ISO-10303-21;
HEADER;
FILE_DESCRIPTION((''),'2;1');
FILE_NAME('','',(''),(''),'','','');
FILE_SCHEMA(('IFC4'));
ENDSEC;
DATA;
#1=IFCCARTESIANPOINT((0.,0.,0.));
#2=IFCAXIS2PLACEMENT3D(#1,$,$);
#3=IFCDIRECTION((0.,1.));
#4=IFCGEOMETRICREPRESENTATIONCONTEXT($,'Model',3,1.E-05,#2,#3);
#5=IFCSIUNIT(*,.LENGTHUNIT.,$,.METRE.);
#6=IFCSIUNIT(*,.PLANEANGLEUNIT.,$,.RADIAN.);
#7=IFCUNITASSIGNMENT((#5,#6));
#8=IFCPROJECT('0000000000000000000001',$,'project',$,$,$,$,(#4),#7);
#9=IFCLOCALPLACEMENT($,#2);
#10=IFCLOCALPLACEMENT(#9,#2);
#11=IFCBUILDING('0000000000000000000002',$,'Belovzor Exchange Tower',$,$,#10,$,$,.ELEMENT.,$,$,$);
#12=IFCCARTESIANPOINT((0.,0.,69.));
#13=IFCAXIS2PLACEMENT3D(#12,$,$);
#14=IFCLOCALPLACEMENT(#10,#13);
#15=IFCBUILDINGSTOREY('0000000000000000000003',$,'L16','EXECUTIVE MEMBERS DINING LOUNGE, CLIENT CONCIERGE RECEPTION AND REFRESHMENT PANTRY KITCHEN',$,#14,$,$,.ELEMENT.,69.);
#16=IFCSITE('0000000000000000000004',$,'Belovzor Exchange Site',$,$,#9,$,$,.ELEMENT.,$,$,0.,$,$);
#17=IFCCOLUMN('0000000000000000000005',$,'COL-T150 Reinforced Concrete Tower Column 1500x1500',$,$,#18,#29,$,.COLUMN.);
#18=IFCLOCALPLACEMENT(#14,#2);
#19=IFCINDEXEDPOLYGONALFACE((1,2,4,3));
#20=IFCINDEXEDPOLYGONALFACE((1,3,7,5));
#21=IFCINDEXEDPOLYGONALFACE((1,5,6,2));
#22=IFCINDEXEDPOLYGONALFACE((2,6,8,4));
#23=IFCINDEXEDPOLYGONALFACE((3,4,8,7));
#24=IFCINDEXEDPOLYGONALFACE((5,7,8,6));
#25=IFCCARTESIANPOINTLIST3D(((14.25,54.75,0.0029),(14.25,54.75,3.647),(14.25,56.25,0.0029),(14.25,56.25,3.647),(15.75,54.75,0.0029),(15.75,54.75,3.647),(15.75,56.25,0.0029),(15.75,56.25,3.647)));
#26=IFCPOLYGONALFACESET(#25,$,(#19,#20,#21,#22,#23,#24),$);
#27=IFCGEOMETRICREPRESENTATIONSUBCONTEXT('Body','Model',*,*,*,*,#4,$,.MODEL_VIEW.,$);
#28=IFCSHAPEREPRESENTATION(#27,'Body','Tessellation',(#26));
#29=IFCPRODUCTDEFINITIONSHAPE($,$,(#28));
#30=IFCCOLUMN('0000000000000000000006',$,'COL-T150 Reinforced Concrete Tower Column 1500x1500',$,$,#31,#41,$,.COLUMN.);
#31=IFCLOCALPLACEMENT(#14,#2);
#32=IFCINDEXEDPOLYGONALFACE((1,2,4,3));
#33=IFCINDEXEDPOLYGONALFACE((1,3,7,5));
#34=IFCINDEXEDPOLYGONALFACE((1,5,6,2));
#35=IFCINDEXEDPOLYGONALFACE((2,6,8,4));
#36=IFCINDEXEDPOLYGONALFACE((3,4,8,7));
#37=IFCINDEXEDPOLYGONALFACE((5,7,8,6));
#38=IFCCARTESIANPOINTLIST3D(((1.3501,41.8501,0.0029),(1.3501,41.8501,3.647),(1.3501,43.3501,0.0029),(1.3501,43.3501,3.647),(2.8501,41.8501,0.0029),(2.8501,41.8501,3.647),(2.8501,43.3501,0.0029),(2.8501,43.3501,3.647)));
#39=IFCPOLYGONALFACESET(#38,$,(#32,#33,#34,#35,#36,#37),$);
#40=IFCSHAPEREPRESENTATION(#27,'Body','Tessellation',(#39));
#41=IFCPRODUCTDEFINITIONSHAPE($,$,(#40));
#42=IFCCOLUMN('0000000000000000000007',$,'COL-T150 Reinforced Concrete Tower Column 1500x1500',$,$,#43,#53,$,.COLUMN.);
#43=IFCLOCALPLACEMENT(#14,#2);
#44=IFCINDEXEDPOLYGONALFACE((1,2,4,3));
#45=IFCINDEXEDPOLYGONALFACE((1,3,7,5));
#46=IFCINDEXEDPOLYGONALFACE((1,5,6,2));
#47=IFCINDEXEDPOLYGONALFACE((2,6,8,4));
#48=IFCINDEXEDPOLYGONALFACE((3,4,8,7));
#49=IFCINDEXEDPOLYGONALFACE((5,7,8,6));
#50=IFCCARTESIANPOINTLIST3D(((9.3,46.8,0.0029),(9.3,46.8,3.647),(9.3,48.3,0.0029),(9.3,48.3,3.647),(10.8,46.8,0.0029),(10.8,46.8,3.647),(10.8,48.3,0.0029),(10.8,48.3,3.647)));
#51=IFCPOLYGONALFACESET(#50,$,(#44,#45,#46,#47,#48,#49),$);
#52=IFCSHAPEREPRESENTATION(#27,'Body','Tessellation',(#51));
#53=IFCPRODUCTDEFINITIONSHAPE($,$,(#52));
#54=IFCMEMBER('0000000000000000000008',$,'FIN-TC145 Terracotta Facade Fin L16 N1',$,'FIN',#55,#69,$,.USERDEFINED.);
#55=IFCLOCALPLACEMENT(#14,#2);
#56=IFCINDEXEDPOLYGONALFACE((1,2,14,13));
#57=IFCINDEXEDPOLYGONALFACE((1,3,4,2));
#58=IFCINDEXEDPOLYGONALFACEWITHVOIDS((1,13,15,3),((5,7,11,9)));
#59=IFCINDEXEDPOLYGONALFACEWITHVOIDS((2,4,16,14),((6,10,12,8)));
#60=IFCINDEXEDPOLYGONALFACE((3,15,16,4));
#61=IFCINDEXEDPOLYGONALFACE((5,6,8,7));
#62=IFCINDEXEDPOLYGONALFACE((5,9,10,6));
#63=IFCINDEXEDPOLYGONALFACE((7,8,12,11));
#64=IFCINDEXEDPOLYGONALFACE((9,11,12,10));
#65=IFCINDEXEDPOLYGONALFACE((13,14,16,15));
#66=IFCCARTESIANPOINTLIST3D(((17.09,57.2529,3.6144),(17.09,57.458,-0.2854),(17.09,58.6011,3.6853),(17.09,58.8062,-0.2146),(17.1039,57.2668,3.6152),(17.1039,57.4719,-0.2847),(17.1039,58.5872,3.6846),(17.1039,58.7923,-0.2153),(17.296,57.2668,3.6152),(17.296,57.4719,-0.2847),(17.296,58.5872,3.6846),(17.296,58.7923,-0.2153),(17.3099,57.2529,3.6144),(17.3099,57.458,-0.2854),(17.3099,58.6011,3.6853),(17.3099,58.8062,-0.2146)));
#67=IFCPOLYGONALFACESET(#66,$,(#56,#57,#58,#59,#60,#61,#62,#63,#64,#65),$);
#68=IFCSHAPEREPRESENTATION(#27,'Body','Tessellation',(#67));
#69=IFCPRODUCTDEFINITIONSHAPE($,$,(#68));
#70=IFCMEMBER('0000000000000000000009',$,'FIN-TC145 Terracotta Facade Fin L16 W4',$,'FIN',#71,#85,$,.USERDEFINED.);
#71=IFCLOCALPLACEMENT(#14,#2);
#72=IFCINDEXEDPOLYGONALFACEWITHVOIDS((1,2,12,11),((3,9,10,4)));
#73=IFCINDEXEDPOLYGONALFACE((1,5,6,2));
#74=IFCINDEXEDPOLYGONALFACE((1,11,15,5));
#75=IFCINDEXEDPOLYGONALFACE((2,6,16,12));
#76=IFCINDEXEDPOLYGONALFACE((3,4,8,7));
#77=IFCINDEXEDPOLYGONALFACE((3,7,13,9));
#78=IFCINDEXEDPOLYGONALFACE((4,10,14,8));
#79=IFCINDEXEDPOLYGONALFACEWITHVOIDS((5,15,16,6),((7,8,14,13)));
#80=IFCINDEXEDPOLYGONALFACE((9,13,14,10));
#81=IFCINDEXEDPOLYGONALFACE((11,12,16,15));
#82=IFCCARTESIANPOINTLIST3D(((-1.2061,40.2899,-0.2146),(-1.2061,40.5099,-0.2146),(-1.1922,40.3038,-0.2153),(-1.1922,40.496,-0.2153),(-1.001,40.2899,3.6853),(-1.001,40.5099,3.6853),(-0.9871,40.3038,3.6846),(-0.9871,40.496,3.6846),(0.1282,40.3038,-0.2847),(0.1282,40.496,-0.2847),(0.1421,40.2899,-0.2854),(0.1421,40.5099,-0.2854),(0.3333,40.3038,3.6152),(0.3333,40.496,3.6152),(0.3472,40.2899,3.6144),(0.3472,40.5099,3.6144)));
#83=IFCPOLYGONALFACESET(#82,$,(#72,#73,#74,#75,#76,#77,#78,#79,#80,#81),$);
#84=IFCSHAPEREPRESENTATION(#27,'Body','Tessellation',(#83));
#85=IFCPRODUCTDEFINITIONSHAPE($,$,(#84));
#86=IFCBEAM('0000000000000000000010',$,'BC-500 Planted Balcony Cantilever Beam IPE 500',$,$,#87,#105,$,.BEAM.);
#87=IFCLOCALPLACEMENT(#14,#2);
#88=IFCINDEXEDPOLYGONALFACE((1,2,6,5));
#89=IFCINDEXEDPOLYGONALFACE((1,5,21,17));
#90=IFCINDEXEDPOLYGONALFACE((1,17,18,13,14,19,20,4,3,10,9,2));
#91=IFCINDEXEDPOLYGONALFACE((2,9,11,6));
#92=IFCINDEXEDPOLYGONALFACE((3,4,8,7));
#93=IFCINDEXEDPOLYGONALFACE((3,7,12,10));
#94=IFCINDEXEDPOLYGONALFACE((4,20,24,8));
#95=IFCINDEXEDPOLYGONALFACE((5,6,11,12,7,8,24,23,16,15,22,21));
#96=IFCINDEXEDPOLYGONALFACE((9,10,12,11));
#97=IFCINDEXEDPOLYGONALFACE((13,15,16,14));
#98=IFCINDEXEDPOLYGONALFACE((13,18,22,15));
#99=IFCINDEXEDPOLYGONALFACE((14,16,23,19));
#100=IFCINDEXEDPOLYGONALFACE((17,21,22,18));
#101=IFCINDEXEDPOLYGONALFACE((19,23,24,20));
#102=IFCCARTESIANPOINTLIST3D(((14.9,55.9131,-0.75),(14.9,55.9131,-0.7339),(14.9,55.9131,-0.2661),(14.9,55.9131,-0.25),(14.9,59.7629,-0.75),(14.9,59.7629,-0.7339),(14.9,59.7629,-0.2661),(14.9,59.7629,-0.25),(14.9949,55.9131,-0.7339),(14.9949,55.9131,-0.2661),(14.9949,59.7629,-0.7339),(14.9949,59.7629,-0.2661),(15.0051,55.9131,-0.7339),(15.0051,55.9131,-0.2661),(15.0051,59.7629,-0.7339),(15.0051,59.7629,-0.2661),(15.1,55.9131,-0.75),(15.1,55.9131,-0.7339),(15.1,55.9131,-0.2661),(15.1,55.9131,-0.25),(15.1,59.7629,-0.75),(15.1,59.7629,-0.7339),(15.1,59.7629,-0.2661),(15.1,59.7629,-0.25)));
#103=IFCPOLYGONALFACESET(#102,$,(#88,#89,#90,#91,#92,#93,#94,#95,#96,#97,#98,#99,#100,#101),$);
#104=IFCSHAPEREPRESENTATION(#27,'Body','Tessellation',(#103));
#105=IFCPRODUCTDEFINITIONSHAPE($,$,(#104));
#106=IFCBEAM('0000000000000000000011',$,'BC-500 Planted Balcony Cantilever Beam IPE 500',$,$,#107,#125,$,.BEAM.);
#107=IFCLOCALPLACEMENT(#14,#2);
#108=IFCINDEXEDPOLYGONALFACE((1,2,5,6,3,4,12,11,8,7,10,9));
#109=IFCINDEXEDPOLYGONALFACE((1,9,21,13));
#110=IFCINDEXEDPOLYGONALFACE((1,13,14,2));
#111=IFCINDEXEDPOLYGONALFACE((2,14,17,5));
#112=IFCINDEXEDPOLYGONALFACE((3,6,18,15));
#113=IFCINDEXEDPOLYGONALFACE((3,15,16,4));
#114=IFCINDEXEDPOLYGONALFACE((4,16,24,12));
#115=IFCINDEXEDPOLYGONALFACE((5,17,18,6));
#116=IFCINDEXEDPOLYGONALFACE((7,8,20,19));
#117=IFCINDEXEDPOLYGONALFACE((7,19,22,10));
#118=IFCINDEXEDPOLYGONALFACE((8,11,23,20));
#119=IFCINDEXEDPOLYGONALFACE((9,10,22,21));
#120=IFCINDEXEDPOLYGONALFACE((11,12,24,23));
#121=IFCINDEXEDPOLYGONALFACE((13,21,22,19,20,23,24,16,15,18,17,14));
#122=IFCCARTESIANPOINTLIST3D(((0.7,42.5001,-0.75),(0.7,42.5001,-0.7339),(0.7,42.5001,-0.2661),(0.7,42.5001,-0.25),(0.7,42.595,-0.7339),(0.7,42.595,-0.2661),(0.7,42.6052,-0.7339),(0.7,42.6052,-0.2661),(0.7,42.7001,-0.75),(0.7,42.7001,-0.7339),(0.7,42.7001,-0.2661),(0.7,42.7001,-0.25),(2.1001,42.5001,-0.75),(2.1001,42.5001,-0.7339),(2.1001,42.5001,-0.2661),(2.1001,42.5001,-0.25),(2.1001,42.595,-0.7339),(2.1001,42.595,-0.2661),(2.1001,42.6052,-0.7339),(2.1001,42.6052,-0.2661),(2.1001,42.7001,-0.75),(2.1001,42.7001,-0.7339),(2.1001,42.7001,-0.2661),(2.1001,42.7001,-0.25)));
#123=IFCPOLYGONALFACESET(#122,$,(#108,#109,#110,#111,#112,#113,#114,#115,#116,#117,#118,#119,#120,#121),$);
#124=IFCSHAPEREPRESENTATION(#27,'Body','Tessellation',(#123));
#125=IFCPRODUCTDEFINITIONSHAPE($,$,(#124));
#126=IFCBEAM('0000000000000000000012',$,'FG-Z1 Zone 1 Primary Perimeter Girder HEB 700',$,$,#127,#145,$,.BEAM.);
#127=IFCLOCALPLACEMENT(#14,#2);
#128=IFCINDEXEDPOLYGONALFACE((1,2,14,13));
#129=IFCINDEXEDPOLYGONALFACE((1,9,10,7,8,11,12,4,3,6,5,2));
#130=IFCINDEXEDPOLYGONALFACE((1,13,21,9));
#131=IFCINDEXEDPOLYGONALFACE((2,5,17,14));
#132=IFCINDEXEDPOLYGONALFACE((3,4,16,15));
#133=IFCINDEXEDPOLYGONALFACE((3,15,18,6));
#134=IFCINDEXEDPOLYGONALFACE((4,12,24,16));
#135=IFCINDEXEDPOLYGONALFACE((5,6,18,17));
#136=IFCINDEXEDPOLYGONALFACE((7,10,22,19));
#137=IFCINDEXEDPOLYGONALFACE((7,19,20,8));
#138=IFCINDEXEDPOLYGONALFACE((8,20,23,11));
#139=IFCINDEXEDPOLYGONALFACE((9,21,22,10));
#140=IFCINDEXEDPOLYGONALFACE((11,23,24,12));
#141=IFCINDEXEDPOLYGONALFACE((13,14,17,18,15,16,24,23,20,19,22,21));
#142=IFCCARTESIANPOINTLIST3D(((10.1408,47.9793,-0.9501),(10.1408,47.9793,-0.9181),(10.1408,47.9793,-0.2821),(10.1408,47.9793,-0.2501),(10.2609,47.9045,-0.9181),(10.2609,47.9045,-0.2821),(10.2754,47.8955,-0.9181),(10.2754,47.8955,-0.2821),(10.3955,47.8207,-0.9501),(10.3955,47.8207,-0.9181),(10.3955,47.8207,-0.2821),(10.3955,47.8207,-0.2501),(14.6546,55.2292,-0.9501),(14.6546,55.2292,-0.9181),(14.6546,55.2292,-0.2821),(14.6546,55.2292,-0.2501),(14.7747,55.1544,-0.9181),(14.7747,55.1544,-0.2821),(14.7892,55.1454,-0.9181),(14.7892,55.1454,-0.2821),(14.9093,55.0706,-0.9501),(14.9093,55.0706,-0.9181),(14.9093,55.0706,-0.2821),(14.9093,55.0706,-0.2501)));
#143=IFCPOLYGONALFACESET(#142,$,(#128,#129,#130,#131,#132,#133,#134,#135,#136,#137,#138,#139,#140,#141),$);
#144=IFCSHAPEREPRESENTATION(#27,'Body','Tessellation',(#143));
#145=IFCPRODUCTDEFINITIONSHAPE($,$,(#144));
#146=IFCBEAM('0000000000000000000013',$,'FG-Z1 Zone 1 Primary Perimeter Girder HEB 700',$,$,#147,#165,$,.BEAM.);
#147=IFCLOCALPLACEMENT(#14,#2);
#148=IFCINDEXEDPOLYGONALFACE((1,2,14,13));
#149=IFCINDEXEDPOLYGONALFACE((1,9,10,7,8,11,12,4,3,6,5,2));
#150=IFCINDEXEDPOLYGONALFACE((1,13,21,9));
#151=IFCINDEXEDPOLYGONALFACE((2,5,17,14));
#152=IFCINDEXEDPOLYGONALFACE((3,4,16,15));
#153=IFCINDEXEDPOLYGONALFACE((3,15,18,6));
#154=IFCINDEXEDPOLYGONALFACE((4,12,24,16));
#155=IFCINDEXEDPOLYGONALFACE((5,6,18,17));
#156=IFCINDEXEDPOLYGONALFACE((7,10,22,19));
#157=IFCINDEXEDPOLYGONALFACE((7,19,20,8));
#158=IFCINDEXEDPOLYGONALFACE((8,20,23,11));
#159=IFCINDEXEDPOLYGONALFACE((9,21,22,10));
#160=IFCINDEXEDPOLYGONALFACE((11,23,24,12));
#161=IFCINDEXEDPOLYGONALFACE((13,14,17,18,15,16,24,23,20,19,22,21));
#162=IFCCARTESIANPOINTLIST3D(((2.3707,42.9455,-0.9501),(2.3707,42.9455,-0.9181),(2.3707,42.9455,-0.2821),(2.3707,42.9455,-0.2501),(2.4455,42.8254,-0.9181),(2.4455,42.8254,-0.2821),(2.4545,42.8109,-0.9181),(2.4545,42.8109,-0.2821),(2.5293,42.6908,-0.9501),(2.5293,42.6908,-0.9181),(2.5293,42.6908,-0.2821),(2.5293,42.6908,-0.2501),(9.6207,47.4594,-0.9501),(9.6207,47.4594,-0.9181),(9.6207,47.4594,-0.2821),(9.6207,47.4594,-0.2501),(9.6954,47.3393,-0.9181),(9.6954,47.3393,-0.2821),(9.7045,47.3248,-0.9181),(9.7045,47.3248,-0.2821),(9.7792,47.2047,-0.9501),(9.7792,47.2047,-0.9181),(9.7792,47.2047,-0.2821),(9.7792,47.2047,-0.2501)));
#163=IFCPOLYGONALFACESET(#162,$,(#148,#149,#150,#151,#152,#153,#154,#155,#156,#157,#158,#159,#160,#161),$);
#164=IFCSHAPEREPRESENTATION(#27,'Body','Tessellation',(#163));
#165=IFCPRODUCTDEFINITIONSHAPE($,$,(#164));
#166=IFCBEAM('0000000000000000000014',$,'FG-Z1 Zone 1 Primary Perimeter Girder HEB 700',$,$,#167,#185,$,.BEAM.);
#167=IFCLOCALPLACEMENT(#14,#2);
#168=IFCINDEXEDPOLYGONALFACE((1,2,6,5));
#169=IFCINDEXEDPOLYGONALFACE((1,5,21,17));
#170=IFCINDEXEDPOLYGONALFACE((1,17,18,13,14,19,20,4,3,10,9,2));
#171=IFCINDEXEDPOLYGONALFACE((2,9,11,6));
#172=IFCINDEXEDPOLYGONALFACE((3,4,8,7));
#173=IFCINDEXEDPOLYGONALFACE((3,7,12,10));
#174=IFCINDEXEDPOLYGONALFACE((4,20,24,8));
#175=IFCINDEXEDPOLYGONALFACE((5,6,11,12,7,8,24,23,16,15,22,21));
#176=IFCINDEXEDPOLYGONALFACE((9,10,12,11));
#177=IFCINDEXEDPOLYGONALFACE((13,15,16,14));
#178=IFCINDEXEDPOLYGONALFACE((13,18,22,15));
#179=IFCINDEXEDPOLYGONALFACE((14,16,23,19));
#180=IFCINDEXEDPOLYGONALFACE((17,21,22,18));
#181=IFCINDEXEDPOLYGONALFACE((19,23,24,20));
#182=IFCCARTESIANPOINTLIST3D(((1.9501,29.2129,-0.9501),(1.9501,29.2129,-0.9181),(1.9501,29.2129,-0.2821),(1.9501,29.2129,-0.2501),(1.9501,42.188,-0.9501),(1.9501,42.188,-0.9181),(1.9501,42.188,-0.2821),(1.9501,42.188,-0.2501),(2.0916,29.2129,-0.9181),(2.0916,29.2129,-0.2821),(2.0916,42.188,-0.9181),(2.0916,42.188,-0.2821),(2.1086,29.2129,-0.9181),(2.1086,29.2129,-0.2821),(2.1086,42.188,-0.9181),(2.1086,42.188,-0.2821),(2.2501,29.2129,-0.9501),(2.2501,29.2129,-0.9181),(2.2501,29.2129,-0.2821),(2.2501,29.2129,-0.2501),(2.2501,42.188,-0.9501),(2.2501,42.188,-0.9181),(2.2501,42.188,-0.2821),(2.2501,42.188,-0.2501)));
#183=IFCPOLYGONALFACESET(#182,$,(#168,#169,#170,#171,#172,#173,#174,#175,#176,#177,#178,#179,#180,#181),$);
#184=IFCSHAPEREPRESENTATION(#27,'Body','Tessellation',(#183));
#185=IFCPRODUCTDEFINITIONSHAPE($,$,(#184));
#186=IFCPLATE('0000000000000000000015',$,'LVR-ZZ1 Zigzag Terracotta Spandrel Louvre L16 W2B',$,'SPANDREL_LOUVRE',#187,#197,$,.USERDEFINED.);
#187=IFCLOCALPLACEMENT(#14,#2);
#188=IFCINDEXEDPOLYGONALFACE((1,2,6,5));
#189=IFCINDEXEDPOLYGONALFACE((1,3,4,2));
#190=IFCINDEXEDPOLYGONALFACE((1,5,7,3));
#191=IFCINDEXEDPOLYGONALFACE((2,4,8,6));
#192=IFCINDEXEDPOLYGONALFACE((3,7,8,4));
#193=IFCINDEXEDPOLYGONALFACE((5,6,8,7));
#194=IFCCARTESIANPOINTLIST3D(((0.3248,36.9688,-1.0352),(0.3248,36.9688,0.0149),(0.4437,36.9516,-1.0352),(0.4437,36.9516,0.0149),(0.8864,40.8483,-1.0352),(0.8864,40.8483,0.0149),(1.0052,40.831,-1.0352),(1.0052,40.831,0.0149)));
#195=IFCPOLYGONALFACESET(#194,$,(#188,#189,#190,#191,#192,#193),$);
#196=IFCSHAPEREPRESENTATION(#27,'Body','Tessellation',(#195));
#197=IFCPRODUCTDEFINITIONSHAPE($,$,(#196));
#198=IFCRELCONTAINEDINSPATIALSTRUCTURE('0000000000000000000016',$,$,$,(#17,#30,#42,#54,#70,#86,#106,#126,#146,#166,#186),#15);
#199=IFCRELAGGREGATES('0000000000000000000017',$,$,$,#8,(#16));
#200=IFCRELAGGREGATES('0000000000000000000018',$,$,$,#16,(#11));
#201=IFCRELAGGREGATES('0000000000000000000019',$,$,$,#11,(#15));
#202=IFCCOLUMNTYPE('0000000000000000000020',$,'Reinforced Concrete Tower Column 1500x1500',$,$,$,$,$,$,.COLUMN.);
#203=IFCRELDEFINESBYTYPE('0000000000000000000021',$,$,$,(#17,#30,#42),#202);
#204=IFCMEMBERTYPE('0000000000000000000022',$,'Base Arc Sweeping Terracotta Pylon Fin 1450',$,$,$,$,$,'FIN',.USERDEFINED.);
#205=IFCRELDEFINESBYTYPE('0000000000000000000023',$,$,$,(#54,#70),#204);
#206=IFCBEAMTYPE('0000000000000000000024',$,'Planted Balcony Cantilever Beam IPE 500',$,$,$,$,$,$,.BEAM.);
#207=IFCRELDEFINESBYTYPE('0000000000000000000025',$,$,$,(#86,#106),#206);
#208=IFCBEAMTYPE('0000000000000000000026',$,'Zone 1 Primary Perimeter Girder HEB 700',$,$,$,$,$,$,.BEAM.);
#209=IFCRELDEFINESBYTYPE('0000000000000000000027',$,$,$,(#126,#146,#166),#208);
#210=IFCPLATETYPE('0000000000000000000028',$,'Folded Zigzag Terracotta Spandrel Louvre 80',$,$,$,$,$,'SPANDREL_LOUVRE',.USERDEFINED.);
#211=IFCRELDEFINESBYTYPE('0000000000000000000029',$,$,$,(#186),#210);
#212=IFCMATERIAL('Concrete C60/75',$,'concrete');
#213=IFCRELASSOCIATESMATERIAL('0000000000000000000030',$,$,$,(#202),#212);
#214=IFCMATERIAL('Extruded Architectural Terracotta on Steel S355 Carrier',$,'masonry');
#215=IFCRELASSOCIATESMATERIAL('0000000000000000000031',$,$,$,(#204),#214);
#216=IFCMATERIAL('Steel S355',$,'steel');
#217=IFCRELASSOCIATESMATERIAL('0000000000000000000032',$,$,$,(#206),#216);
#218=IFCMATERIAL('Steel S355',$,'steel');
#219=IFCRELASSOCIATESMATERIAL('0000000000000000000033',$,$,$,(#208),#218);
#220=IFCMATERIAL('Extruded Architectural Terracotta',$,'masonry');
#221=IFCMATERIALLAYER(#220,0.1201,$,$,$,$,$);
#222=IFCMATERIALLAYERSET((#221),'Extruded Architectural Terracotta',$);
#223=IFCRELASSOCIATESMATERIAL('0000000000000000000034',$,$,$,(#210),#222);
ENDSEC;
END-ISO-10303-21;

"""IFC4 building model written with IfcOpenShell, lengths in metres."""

from ifc_helpers import new_model, si_unit, direction, frame, origin, origin_2d, place, context, subcontext, project, spatial, rectangle, hollow_rectangle, i_section, extrude, material, layer, layer_set, material_profile, profile_set, type_object, element, save


model = new_model("IFC4")

# Units and contexts
model_context = context("Model", 3, precision=1e-05, world=origin(), true_north=direction((0.0, 1.0)))
body_context = subcontext(model_context, "Body", "Model", "MODEL_VIEW")
ifc_project = project(units=[si_unit("LENGTHUNIT", "METRE"), si_unit("PLANEANGLEUNIT", "RADIAN")], contexts=[model_context])

# Site, building, storey
site_placement = place(None, origin())
site = spatial("IfcSite", under=ifc_project, at=site_placement, Name="Belovzor Exchange Site", CompositionType="ELEMENT", RefElevation=0.0)
building_placement = place(site_placement, origin())
building = spatial("IfcBuilding", under=site, at=building_placement, Name="Belovzor Exchange Tower", CompositionType="ELEMENT")
storey_placement = place(building_placement, frame((0.0, 0.0, 69.0)))
storey = spatial("IfcBuildingStorey", under=building, at=storey_placement, Name="L16", Description="EXECUTIVE MEMBERS DINING LOUNGE, CLIENT CONCIERGE RECEPTION AND REFRESHMENT PANTRY KITCHEN", CompositionType="ELEMENT", Elevation=69.0)

# Columns
ifc_material_1 = material(Name="Concrete C60/75", Category="concrete")
ifc_material_profile_1 = material_profile(ifc_material_1, rectangle(XDim=1.5, YDim=1.5, at=origin_2d()))
ifc_profile_set_1 = profile_set([ifc_material_profile_1], Name="Concrete C60/75")
column_type = type_object("IfcColumnType", Name="Reinforced Concrete Tower Column 1500x1500", PredefinedType="COLUMN", material=ifc_profile_set_1)
for number, where, z_axis, x_axis, name in (
    (1, (15.0, 55.5, 0.0029), (0.0, 0.0, 1.0), (1.0, 0.0, 0.0), "COL-T150 Reinforced Concrete Tower Column 1500x1500"),
    (2, (2.1001, 42.6001, 0.0029), (0.0, 0.0, 1.0), (1.0, 0.0, 0.0), "COL-T150 Reinforced Concrete Tower Column 1500x1500"),
    (3, (10.05, 47.55, 0.0029), (0.0, 0.0, 1.0), (1.0, 0.0, 0.0), "COL-T150 Reinforced Concrete Tower Column 1500x1500"),
):
    element("IfcColumn", number, at=place(storey_placement, frame(where, z_axis=z_axis, x_axis=x_axis)), inside=storey, type_object=column_type, Name=name, PredefinedType="COLUMN", context=body_context, shape_type="SweptSolid", body=[
        extrude(rectangle(XDim=1.5, YDim=1.5, at=origin_2d()), origin(), (0.0, 0.0, 1.0), 3.644),
    ])

# Members
ifc_material_2 = material(Name="Extruded Architectural Terracotta on Steel S355 Carrier", Category="masonry")
ifc_material_profile_2 = material_profile(ifc_material_2, hollow_rectangle(XDim=0.22, YDim=1.3501, WallThickness=0.0139, at=origin_2d()))
ifc_profile_set_2 = profile_set([ifc_material_profile_2], Name="Extruded Architectural Terracotta on Steel S355 Carrier")
member_type = type_object("IfcMemberType", Name="Base Arc Sweeping Terracotta Pylon Fin 1450", ElementType="FIN", PredefinedType="USERDEFINED", material=ifc_profile_set_2)
for number, where, z_axis, x_axis, name in (
    (4, (17.2, 58.1321, -0.25), (0.0, -0.052513, 0.99862), (1.0, 0.0, 0.0), "FIN-TC145 Terracotta Facade Fin L16 N1"),
    (5, (-0.532, 40.3999, -0.25), (0.052513, 0.0, 0.99862), (0.0, 1.0, 0.0), "FIN-TC145 Terracotta Facade Fin L16 W4"),
):
    element("IfcMember", number, at=place(storey_placement, frame(where, z_axis=z_axis, x_axis=x_axis)), inside=storey, type_object=member_type, Name=name, ObjectType="FIN", PredefinedType="USERDEFINED", context=body_context, shape_type="SweptSolid", body=[
        extrude(hollow_rectangle(XDim=0.22, YDim=1.3501, WallThickness=0.0139, at=origin_2d()), origin(), (0.0, 0.0, 1.0), 3.9053),
    ])

# Beams
ifc_material_3 = material(Name="Steel S355", Category="steel")
ifc_material_profile_3 = material_profile(ifc_material_3, i_section(OverallWidth=0.2, OverallDepth=0.5, WebThickness=0.0103, FlangeThickness=0.0161, at=origin_2d()))
ifc_profile_set_3 = profile_set([ifc_material_profile_3], Name="Steel S355")
beam_type_1 = type_object("IfcBeamType", Name="Planted Balcony Cantilever Beam IPE 500", PredefinedType="BEAM", material=ifc_profile_set_3)
beam_1_placement = place(storey_placement, frame((15.0, 55.9131, -0.5), z_axis=(0.0, 1.0, 0.0), x_axis=(-1.0, 0.0, 0.0)))
element("IfcBeam", 6, at=beam_1_placement, inside=storey, type_object=beam_type_1, Name="BC-500 Planted Balcony Cantilever Beam IPE 500", PredefinedType="BEAM", context=body_context, shape_type="SweptSolid", body=[
    extrude(i_section(OverallWidth=0.2, OverallDepth=0.5, WebThickness=0.0103, FlangeThickness=0.0161, at=origin_2d()), origin(), (0.0, 0.0, 1.0), 3.8499),
])
beam_2_placement = place(storey_placement, frame((2.1001, 42.6001, -0.5), z_axis=(-1.0, 0.0, 0.0), x_axis=(0.0, -1.0, 0.0)))
element("IfcBeam", 7, at=beam_2_placement, inside=storey, type_object=beam_type_1, Name="BC-500 Planted Balcony Cantilever Beam IPE 500", PredefinedType="BEAM", context=body_context, shape_type="SweptSolid", body=[
    extrude(i_section(OverallWidth=0.2, OverallDepth=0.5, WebThickness=0.0103, FlangeThickness=0.0161, at=origin_2d()), origin(), (0.0, 0.0, 1.0), 1.4001),
])
ifc_material_4 = material(Name="Steel S355", Category="steel")
ifc_material_profile_4 = material_profile(ifc_material_4, i_section(OverallWidth=0.3, OverallDepth=0.7, WebThickness=0.0171, FlangeThickness=0.032, at=origin_2d()))
ifc_profile_set_4 = profile_set([ifc_material_profile_4], Name="Steel S355")
beam_type_2 = type_object("IfcBeamType", Name="Zone 1 Primary Perimeter Girder HEB 700", PredefinedType="BEAM", material=ifc_profile_set_4)
for number, where, z_axis, x_axis, name in (
    (8, (14.782, 55.1499, -0.6001), (-0.528539, -0.848909, 0.0), (0.848909, -0.528539, 0.0), "FG-Z1 Zone 1 Primary Perimeter Girder HEB 700"),
    (9, (9.7, 47.332, -0.6001), (-0.848909, -0.528539, 0.0), (0.528539, -0.848909, 0.0), "FG-Z1 Zone 1 Primary Perimeter Girder HEB 700"),
):
    element("IfcBeam", number, at=place(storey_placement, frame(where, z_axis=z_axis, x_axis=x_axis)), inside=storey, type_object=beam_type_2, Name=name, PredefinedType="BEAM", context=body_context, shape_type="SweptSolid", body=[
        extrude(i_section(OverallWidth=0.3, OverallDepth=0.7, WebThickness=0.0171, FlangeThickness=0.032, at=origin_2d()), origin(), (0.0, 0.0, 1.0), 8.5403),
    ])
beam_3_placement = place(storey_placement, frame((2.1001, 42.188, -0.6001), z_axis=(0.0, -1.0, 0.0), x_axis=(1.0, 0.0, 0.0)))
element("IfcBeam", 10, at=beam_3_placement, inside=storey, type_object=beam_type_2, Name="FG-Z1 Zone 1 Primary Perimeter Girder HEB 700", PredefinedType="BEAM", context=body_context, shape_type="SweptSolid", body=[
    extrude(i_section(OverallWidth=0.3, OverallDepth=0.7, WebThickness=0.0171, FlangeThickness=0.032, at=origin_2d()), origin(), (0.0, 0.0, 1.0), 12.9751),
])

# Plate
ifc_material_5 = material(Name="Extruded Architectural Terracotta", Category="masonry")
ifc_layer_1 = layer(ifc_material_5, 0.1201)
ifc_layer_set_1 = layer_set([ifc_layer_1], Name="Extruded Architectural Terracotta")
plate_type = type_object("IfcPlateType", Name="Folded Zigzag Terracotta Spandrel Louvre 80", ElementType="SPANDREL_LOUVRE", PredefinedType="USERDEFINED", material=ifc_layer_set_1)
plate_placement = place(storey_placement, frame((0.665, 38.8999, -1.0352), z_axis=(0.0, 0.0, 1.0), x_axis=(0.143251, 0.989686, 0.0)))
element("IfcPlate", 11, at=plate_placement, inside=storey, type_object=plate_type, Name="LVR-ZZ1 Zigzag Terracotta Spandrel Louvre L16 W2B", ObjectType="SPANDREL_LOUVRE", PredefinedType="USERDEFINED", context=body_context, shape_type="SweptSolid", body=[
    extrude(rectangle(XDim=3.9199, YDim=0.1201, at=origin_2d()), origin(), (0.0, 0.0, 1.0), 1.05),
])

save(model, "model.ifc")
